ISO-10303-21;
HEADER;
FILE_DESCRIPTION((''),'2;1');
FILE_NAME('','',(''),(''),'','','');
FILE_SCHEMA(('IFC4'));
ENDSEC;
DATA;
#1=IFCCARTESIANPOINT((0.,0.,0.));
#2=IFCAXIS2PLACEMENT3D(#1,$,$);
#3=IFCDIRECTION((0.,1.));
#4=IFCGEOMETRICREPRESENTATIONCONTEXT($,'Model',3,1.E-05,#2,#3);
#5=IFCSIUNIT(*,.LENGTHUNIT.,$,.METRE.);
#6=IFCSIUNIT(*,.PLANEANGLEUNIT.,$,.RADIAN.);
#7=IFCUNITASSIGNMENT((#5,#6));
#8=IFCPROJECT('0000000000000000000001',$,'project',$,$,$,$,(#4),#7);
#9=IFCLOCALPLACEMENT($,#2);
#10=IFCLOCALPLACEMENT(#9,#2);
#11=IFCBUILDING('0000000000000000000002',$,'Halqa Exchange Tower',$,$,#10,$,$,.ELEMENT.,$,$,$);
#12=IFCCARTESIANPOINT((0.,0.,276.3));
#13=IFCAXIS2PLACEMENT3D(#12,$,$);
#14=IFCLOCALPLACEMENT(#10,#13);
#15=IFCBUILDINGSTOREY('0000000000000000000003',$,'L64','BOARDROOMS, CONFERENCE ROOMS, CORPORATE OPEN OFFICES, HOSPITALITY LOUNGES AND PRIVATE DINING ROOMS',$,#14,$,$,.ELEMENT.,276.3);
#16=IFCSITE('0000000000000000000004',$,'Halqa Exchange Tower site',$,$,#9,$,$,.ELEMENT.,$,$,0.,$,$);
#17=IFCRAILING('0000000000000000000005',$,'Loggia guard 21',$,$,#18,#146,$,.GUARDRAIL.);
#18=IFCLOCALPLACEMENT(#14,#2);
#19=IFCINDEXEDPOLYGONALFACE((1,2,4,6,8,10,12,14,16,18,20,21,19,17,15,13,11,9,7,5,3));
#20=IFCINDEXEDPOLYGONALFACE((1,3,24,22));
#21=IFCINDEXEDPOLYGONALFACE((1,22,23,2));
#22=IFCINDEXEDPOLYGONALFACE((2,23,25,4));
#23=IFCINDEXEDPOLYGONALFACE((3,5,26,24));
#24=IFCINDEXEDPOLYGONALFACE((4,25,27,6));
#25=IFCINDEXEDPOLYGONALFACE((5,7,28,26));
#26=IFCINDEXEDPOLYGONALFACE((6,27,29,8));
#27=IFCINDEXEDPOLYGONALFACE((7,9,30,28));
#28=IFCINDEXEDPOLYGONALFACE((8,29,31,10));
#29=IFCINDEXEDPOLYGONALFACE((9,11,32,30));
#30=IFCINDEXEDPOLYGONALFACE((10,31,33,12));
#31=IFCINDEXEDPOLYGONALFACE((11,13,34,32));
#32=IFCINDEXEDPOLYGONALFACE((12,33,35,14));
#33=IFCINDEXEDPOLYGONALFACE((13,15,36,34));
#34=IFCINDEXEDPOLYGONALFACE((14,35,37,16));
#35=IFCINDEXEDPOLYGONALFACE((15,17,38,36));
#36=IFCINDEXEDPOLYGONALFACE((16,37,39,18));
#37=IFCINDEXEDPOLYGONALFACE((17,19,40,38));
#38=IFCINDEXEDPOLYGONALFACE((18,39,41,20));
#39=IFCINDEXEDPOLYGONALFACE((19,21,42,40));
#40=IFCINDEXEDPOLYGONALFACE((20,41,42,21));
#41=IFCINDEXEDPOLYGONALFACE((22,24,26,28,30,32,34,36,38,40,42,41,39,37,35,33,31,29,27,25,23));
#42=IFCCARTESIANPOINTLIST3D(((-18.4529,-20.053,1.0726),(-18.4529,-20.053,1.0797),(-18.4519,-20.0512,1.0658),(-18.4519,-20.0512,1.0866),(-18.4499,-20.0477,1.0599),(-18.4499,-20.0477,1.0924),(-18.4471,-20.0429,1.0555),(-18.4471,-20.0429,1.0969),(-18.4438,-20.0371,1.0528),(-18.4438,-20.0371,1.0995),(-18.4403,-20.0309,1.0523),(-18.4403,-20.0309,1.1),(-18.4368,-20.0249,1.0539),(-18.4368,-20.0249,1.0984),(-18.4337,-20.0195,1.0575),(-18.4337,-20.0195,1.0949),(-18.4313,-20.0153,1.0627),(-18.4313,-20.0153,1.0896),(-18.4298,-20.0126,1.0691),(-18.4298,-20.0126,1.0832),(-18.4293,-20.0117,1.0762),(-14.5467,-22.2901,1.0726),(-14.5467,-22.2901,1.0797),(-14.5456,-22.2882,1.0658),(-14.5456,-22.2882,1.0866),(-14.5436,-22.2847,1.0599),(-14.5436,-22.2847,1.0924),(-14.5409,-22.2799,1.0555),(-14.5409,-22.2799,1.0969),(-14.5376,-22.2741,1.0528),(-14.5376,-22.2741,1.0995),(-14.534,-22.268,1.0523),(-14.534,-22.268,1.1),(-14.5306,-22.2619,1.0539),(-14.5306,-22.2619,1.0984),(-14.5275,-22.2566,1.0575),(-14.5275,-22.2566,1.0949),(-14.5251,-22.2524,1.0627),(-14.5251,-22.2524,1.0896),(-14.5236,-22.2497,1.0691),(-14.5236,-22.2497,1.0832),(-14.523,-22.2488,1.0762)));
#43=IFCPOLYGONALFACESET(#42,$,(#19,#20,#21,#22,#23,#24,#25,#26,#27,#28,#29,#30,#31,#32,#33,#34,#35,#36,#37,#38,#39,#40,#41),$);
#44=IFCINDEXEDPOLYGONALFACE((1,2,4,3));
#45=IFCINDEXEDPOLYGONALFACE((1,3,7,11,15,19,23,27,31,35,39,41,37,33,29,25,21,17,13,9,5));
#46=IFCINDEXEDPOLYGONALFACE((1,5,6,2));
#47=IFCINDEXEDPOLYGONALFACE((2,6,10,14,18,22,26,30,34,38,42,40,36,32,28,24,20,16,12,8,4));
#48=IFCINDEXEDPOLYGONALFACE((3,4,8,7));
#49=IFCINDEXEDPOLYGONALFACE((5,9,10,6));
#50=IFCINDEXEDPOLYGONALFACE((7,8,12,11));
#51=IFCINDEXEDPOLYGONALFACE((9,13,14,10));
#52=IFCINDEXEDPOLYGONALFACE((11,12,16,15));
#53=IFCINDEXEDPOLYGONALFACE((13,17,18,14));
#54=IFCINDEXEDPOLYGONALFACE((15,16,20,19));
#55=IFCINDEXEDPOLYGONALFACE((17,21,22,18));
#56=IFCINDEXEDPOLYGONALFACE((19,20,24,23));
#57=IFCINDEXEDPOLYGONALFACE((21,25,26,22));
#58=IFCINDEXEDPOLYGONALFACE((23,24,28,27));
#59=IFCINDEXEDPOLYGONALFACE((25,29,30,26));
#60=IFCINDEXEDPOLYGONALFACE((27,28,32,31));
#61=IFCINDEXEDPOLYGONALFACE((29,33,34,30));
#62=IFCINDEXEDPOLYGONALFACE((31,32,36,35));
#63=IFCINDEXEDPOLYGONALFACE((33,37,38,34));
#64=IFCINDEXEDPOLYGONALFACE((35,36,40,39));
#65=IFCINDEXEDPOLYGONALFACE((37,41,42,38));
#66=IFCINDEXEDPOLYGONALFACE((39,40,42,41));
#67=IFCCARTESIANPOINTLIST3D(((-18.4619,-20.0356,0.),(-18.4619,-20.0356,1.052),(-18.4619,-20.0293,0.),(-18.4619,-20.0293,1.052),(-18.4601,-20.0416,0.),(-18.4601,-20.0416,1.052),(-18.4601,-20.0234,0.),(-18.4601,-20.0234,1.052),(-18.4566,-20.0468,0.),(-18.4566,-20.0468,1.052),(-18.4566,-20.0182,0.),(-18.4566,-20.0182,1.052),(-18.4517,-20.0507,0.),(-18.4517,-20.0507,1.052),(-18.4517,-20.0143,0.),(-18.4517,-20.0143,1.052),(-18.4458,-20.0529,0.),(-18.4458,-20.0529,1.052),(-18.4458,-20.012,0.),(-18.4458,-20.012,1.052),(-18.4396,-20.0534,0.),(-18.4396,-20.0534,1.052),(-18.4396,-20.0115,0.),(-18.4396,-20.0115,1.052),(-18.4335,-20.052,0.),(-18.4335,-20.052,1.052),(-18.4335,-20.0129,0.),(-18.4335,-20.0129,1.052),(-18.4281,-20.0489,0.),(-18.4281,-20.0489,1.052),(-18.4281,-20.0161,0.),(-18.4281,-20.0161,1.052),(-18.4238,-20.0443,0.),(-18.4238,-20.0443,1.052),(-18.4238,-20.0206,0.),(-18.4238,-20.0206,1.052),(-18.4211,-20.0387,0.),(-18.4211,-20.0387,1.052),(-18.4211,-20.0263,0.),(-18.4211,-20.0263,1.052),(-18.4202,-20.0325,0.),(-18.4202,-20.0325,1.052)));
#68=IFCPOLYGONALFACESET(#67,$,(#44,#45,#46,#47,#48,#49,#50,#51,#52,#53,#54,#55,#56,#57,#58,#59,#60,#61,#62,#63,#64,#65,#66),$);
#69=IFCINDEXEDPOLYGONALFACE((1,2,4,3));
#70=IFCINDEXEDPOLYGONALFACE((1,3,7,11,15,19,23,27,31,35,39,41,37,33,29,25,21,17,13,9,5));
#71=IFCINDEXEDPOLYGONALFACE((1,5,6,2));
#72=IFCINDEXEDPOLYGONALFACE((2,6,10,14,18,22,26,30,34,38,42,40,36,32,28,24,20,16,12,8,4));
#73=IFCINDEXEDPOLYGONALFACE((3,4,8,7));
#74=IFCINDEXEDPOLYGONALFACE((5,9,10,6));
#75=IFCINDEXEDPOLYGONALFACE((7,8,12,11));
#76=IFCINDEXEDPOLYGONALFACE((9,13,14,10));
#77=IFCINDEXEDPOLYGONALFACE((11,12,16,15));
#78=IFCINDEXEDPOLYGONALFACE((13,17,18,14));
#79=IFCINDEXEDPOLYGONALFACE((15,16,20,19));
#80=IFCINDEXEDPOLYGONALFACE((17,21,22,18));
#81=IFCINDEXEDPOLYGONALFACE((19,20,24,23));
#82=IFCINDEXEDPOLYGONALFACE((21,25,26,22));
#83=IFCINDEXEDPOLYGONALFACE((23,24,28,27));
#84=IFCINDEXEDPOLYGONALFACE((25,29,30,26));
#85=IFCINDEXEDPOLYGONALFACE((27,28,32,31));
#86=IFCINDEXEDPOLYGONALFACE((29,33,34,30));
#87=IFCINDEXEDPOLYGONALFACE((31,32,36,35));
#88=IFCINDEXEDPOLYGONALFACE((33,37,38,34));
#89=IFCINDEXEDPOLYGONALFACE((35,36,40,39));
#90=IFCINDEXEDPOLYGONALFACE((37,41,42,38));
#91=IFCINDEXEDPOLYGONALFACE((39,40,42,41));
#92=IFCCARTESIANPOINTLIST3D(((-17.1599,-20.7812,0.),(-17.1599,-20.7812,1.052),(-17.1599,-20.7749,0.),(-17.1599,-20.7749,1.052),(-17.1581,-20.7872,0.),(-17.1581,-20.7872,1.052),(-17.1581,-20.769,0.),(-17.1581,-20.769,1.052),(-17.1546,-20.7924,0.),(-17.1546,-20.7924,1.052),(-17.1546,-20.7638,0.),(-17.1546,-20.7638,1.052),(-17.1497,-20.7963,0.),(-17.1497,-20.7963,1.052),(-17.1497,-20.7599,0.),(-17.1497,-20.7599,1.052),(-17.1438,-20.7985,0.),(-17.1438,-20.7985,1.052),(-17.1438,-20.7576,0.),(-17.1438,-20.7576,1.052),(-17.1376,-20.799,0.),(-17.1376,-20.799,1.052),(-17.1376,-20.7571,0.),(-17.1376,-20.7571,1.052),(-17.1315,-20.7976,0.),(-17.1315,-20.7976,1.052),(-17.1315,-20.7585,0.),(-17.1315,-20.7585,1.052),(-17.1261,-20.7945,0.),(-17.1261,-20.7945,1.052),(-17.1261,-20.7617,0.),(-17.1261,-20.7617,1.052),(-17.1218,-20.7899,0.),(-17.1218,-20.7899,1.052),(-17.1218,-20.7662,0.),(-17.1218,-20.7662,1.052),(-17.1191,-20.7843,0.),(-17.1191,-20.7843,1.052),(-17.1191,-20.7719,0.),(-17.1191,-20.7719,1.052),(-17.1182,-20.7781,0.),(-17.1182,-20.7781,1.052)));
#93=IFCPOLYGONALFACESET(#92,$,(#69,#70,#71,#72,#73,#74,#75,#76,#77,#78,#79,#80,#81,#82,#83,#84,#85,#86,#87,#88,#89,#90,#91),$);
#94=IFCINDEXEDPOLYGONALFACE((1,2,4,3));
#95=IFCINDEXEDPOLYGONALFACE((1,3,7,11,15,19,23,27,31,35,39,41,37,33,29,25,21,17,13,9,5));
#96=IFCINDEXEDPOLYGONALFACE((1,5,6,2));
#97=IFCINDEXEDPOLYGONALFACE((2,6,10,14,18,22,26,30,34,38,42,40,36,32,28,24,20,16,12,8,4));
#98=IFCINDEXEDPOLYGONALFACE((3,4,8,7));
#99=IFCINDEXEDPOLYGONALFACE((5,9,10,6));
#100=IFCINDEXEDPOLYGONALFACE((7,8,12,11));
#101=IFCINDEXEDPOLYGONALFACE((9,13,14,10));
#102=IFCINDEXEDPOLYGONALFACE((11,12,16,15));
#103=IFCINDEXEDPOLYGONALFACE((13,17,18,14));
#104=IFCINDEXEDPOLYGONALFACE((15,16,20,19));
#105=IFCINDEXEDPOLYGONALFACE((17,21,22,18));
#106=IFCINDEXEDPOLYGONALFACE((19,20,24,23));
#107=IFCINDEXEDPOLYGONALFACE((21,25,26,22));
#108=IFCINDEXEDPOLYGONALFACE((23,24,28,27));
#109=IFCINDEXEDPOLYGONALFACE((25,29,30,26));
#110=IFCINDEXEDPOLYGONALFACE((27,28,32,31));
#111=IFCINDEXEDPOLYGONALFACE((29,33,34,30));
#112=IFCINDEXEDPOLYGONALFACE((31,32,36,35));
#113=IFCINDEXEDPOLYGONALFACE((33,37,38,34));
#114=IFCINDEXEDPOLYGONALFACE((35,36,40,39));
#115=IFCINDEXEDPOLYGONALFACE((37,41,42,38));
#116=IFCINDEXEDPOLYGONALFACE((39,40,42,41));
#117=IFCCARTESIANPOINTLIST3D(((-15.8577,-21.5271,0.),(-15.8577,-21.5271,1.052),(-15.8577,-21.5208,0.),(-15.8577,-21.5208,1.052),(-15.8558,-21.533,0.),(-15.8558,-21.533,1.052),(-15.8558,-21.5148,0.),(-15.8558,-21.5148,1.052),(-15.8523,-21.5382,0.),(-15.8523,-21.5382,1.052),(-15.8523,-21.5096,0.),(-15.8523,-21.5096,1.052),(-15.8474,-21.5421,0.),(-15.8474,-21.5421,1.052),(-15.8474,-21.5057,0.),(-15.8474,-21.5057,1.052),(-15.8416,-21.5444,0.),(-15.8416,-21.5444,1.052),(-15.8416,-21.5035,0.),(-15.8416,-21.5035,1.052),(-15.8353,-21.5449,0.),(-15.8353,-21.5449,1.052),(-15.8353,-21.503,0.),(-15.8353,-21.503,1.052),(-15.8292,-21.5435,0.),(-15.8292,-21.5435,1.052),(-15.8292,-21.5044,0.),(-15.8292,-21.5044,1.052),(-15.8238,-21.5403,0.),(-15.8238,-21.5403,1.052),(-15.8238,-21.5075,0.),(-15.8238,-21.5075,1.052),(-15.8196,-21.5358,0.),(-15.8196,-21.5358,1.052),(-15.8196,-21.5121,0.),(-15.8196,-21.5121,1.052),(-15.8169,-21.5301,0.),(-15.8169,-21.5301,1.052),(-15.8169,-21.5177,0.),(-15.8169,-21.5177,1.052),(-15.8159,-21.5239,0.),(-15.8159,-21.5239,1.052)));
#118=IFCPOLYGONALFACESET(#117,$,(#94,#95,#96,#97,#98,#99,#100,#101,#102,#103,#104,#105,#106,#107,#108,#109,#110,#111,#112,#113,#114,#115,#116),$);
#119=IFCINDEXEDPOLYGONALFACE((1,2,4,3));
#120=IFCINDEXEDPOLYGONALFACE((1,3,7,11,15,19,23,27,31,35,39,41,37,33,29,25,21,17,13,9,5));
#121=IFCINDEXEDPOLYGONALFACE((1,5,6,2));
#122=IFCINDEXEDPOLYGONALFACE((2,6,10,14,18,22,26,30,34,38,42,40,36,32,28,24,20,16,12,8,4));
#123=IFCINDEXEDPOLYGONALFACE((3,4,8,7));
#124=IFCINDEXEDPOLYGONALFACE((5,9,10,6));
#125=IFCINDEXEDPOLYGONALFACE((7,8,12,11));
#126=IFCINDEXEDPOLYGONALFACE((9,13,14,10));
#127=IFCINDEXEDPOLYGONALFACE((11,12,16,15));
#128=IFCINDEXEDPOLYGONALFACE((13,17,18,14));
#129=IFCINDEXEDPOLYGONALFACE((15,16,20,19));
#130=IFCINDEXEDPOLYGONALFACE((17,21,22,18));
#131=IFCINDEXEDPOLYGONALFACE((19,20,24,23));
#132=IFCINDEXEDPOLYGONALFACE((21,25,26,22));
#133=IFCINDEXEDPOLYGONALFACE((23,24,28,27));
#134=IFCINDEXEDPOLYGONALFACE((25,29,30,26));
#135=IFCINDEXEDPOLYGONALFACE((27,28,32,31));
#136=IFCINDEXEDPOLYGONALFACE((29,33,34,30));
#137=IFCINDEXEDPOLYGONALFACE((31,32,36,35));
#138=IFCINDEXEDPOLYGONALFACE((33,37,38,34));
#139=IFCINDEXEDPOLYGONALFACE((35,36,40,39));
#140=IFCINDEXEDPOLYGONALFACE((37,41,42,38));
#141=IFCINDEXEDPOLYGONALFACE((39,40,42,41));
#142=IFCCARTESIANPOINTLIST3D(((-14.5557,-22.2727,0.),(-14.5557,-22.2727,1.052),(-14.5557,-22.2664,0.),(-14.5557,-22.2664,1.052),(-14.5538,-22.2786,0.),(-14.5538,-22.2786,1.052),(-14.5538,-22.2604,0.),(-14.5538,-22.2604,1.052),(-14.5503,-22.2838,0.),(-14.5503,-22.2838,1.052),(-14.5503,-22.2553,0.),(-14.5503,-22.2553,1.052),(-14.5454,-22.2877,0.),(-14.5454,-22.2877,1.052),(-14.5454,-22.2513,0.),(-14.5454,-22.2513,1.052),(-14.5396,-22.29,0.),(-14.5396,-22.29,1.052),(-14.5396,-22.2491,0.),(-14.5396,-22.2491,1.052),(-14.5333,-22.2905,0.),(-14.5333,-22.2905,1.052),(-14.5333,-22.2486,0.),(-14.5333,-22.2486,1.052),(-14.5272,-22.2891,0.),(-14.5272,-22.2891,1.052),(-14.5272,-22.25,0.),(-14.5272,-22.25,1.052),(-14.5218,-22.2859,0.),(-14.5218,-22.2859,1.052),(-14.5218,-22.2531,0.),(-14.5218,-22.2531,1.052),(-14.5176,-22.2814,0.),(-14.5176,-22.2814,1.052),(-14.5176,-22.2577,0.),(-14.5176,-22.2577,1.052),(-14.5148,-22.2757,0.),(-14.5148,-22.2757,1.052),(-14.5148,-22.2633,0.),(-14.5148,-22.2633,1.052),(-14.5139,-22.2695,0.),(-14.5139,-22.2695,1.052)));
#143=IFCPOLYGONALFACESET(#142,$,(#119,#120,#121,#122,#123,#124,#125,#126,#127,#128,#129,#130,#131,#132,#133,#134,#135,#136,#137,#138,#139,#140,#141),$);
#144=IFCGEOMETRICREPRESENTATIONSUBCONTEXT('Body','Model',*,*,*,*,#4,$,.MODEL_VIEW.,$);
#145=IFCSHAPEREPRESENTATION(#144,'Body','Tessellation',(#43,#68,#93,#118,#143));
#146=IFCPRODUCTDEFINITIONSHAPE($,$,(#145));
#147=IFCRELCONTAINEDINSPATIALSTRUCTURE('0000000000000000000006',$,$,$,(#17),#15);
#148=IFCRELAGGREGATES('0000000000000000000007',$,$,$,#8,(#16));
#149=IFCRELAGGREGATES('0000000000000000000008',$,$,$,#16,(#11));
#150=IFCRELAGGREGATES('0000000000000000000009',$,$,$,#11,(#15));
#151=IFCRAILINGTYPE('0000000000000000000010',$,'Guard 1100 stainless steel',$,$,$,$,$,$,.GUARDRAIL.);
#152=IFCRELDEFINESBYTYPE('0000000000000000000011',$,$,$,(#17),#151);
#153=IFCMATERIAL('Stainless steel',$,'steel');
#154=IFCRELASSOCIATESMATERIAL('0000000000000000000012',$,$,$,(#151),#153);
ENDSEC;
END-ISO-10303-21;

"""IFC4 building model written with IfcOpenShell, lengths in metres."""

from ifc_helpers import new_model, si_unit, direction, frame, origin, origin_2d, place, context, subcontext, project, spatial, circle, extrude, material, type_object, element, save


model = new_model("IFC4")

# Units and contexts
model_context = context("Model", 3, precision=1e-05, world=origin(), true_north=direction((0.0, 1.0)))
body_context = subcontext(model_context, "Body", "Model", "MODEL_VIEW")
ifc_project = project(units=[si_unit("LENGTHUNIT", "METRE"), si_unit("PLANEANGLEUNIT", "RADIAN")], contexts=[model_context])

# Site, building, storey
site_placement = place(None, origin())
site = spatial("IfcSite", under=ifc_project, at=site_placement, Name="Halqa Exchange Tower site", CompositionType="ELEMENT", RefElevation=0.0)
building_placement = place(site_placement, origin())
building = spatial("IfcBuilding", under=site, at=building_placement, Name="Halqa Exchange Tower", CompositionType="ELEMENT")
storey_placement = place(building_placement, frame((0.0, 0.0, 276.3)))
storey = spatial("IfcBuildingStorey", under=building, at=storey_placement, Name="L64", Description="BOARDROOMS, CONFERENCE ROOMS, CORPORATE OPEN OFFICES, HOSPITALITY LOUNGES AND PRIVATE DINING ROOMS", CompositionType="ELEMENT", Elevation=276.3)

# Railing
ifc_material_1 = material(Name="Stainless steel", Category="steel")
railing_type = type_object("IfcRailingType", Name="Guard 1100 stainless steel", PredefinedType="GUARDRAIL", material=ifc_material_1)
railing_1_placement = place(storey_placement, frame((-18.4412, -20.0325, 0.0)))
element("IfcRailing", 1, at=railing_1_placement, inside=storey, type_object=railing_type, Name="Loggia guard 21", PredefinedType="GUARDRAIL", context=body_context, shape_type="SweptSolid", body=[
    extrude(circle(Radius=0.0239, at=origin_2d()), frame((0.0, 0.0, 1.0762), z_axis=(0.867772, -0.496962, 0.0), x_axis=(0.496962, 0.867772, 0.0)), (0.0, 0.0, 1.0), 4.5015),
    extrude(circle(Radius=0.021, at=origin_2d()), origin(), (0.0, 0.0, 1.0), 1.052),
    extrude(circle(Radius=0.021, at=origin_2d()), frame((1.302, -0.7456, 0.0)), (0.0, 0.0, 1.0), 1.052),
    extrude(circle(Radius=0.021, at=origin_2d()), frame((2.6042, -1.4915, 0.0)), (0.0, 0.0, 1.0), 1.052),
    extrude(circle(Radius=0.021, at=origin_2d()), frame((3.9062, -2.2371, 0.0)), (0.0, 0.0, 1.0), 1.052),
])

save(model, "model.ifc")
